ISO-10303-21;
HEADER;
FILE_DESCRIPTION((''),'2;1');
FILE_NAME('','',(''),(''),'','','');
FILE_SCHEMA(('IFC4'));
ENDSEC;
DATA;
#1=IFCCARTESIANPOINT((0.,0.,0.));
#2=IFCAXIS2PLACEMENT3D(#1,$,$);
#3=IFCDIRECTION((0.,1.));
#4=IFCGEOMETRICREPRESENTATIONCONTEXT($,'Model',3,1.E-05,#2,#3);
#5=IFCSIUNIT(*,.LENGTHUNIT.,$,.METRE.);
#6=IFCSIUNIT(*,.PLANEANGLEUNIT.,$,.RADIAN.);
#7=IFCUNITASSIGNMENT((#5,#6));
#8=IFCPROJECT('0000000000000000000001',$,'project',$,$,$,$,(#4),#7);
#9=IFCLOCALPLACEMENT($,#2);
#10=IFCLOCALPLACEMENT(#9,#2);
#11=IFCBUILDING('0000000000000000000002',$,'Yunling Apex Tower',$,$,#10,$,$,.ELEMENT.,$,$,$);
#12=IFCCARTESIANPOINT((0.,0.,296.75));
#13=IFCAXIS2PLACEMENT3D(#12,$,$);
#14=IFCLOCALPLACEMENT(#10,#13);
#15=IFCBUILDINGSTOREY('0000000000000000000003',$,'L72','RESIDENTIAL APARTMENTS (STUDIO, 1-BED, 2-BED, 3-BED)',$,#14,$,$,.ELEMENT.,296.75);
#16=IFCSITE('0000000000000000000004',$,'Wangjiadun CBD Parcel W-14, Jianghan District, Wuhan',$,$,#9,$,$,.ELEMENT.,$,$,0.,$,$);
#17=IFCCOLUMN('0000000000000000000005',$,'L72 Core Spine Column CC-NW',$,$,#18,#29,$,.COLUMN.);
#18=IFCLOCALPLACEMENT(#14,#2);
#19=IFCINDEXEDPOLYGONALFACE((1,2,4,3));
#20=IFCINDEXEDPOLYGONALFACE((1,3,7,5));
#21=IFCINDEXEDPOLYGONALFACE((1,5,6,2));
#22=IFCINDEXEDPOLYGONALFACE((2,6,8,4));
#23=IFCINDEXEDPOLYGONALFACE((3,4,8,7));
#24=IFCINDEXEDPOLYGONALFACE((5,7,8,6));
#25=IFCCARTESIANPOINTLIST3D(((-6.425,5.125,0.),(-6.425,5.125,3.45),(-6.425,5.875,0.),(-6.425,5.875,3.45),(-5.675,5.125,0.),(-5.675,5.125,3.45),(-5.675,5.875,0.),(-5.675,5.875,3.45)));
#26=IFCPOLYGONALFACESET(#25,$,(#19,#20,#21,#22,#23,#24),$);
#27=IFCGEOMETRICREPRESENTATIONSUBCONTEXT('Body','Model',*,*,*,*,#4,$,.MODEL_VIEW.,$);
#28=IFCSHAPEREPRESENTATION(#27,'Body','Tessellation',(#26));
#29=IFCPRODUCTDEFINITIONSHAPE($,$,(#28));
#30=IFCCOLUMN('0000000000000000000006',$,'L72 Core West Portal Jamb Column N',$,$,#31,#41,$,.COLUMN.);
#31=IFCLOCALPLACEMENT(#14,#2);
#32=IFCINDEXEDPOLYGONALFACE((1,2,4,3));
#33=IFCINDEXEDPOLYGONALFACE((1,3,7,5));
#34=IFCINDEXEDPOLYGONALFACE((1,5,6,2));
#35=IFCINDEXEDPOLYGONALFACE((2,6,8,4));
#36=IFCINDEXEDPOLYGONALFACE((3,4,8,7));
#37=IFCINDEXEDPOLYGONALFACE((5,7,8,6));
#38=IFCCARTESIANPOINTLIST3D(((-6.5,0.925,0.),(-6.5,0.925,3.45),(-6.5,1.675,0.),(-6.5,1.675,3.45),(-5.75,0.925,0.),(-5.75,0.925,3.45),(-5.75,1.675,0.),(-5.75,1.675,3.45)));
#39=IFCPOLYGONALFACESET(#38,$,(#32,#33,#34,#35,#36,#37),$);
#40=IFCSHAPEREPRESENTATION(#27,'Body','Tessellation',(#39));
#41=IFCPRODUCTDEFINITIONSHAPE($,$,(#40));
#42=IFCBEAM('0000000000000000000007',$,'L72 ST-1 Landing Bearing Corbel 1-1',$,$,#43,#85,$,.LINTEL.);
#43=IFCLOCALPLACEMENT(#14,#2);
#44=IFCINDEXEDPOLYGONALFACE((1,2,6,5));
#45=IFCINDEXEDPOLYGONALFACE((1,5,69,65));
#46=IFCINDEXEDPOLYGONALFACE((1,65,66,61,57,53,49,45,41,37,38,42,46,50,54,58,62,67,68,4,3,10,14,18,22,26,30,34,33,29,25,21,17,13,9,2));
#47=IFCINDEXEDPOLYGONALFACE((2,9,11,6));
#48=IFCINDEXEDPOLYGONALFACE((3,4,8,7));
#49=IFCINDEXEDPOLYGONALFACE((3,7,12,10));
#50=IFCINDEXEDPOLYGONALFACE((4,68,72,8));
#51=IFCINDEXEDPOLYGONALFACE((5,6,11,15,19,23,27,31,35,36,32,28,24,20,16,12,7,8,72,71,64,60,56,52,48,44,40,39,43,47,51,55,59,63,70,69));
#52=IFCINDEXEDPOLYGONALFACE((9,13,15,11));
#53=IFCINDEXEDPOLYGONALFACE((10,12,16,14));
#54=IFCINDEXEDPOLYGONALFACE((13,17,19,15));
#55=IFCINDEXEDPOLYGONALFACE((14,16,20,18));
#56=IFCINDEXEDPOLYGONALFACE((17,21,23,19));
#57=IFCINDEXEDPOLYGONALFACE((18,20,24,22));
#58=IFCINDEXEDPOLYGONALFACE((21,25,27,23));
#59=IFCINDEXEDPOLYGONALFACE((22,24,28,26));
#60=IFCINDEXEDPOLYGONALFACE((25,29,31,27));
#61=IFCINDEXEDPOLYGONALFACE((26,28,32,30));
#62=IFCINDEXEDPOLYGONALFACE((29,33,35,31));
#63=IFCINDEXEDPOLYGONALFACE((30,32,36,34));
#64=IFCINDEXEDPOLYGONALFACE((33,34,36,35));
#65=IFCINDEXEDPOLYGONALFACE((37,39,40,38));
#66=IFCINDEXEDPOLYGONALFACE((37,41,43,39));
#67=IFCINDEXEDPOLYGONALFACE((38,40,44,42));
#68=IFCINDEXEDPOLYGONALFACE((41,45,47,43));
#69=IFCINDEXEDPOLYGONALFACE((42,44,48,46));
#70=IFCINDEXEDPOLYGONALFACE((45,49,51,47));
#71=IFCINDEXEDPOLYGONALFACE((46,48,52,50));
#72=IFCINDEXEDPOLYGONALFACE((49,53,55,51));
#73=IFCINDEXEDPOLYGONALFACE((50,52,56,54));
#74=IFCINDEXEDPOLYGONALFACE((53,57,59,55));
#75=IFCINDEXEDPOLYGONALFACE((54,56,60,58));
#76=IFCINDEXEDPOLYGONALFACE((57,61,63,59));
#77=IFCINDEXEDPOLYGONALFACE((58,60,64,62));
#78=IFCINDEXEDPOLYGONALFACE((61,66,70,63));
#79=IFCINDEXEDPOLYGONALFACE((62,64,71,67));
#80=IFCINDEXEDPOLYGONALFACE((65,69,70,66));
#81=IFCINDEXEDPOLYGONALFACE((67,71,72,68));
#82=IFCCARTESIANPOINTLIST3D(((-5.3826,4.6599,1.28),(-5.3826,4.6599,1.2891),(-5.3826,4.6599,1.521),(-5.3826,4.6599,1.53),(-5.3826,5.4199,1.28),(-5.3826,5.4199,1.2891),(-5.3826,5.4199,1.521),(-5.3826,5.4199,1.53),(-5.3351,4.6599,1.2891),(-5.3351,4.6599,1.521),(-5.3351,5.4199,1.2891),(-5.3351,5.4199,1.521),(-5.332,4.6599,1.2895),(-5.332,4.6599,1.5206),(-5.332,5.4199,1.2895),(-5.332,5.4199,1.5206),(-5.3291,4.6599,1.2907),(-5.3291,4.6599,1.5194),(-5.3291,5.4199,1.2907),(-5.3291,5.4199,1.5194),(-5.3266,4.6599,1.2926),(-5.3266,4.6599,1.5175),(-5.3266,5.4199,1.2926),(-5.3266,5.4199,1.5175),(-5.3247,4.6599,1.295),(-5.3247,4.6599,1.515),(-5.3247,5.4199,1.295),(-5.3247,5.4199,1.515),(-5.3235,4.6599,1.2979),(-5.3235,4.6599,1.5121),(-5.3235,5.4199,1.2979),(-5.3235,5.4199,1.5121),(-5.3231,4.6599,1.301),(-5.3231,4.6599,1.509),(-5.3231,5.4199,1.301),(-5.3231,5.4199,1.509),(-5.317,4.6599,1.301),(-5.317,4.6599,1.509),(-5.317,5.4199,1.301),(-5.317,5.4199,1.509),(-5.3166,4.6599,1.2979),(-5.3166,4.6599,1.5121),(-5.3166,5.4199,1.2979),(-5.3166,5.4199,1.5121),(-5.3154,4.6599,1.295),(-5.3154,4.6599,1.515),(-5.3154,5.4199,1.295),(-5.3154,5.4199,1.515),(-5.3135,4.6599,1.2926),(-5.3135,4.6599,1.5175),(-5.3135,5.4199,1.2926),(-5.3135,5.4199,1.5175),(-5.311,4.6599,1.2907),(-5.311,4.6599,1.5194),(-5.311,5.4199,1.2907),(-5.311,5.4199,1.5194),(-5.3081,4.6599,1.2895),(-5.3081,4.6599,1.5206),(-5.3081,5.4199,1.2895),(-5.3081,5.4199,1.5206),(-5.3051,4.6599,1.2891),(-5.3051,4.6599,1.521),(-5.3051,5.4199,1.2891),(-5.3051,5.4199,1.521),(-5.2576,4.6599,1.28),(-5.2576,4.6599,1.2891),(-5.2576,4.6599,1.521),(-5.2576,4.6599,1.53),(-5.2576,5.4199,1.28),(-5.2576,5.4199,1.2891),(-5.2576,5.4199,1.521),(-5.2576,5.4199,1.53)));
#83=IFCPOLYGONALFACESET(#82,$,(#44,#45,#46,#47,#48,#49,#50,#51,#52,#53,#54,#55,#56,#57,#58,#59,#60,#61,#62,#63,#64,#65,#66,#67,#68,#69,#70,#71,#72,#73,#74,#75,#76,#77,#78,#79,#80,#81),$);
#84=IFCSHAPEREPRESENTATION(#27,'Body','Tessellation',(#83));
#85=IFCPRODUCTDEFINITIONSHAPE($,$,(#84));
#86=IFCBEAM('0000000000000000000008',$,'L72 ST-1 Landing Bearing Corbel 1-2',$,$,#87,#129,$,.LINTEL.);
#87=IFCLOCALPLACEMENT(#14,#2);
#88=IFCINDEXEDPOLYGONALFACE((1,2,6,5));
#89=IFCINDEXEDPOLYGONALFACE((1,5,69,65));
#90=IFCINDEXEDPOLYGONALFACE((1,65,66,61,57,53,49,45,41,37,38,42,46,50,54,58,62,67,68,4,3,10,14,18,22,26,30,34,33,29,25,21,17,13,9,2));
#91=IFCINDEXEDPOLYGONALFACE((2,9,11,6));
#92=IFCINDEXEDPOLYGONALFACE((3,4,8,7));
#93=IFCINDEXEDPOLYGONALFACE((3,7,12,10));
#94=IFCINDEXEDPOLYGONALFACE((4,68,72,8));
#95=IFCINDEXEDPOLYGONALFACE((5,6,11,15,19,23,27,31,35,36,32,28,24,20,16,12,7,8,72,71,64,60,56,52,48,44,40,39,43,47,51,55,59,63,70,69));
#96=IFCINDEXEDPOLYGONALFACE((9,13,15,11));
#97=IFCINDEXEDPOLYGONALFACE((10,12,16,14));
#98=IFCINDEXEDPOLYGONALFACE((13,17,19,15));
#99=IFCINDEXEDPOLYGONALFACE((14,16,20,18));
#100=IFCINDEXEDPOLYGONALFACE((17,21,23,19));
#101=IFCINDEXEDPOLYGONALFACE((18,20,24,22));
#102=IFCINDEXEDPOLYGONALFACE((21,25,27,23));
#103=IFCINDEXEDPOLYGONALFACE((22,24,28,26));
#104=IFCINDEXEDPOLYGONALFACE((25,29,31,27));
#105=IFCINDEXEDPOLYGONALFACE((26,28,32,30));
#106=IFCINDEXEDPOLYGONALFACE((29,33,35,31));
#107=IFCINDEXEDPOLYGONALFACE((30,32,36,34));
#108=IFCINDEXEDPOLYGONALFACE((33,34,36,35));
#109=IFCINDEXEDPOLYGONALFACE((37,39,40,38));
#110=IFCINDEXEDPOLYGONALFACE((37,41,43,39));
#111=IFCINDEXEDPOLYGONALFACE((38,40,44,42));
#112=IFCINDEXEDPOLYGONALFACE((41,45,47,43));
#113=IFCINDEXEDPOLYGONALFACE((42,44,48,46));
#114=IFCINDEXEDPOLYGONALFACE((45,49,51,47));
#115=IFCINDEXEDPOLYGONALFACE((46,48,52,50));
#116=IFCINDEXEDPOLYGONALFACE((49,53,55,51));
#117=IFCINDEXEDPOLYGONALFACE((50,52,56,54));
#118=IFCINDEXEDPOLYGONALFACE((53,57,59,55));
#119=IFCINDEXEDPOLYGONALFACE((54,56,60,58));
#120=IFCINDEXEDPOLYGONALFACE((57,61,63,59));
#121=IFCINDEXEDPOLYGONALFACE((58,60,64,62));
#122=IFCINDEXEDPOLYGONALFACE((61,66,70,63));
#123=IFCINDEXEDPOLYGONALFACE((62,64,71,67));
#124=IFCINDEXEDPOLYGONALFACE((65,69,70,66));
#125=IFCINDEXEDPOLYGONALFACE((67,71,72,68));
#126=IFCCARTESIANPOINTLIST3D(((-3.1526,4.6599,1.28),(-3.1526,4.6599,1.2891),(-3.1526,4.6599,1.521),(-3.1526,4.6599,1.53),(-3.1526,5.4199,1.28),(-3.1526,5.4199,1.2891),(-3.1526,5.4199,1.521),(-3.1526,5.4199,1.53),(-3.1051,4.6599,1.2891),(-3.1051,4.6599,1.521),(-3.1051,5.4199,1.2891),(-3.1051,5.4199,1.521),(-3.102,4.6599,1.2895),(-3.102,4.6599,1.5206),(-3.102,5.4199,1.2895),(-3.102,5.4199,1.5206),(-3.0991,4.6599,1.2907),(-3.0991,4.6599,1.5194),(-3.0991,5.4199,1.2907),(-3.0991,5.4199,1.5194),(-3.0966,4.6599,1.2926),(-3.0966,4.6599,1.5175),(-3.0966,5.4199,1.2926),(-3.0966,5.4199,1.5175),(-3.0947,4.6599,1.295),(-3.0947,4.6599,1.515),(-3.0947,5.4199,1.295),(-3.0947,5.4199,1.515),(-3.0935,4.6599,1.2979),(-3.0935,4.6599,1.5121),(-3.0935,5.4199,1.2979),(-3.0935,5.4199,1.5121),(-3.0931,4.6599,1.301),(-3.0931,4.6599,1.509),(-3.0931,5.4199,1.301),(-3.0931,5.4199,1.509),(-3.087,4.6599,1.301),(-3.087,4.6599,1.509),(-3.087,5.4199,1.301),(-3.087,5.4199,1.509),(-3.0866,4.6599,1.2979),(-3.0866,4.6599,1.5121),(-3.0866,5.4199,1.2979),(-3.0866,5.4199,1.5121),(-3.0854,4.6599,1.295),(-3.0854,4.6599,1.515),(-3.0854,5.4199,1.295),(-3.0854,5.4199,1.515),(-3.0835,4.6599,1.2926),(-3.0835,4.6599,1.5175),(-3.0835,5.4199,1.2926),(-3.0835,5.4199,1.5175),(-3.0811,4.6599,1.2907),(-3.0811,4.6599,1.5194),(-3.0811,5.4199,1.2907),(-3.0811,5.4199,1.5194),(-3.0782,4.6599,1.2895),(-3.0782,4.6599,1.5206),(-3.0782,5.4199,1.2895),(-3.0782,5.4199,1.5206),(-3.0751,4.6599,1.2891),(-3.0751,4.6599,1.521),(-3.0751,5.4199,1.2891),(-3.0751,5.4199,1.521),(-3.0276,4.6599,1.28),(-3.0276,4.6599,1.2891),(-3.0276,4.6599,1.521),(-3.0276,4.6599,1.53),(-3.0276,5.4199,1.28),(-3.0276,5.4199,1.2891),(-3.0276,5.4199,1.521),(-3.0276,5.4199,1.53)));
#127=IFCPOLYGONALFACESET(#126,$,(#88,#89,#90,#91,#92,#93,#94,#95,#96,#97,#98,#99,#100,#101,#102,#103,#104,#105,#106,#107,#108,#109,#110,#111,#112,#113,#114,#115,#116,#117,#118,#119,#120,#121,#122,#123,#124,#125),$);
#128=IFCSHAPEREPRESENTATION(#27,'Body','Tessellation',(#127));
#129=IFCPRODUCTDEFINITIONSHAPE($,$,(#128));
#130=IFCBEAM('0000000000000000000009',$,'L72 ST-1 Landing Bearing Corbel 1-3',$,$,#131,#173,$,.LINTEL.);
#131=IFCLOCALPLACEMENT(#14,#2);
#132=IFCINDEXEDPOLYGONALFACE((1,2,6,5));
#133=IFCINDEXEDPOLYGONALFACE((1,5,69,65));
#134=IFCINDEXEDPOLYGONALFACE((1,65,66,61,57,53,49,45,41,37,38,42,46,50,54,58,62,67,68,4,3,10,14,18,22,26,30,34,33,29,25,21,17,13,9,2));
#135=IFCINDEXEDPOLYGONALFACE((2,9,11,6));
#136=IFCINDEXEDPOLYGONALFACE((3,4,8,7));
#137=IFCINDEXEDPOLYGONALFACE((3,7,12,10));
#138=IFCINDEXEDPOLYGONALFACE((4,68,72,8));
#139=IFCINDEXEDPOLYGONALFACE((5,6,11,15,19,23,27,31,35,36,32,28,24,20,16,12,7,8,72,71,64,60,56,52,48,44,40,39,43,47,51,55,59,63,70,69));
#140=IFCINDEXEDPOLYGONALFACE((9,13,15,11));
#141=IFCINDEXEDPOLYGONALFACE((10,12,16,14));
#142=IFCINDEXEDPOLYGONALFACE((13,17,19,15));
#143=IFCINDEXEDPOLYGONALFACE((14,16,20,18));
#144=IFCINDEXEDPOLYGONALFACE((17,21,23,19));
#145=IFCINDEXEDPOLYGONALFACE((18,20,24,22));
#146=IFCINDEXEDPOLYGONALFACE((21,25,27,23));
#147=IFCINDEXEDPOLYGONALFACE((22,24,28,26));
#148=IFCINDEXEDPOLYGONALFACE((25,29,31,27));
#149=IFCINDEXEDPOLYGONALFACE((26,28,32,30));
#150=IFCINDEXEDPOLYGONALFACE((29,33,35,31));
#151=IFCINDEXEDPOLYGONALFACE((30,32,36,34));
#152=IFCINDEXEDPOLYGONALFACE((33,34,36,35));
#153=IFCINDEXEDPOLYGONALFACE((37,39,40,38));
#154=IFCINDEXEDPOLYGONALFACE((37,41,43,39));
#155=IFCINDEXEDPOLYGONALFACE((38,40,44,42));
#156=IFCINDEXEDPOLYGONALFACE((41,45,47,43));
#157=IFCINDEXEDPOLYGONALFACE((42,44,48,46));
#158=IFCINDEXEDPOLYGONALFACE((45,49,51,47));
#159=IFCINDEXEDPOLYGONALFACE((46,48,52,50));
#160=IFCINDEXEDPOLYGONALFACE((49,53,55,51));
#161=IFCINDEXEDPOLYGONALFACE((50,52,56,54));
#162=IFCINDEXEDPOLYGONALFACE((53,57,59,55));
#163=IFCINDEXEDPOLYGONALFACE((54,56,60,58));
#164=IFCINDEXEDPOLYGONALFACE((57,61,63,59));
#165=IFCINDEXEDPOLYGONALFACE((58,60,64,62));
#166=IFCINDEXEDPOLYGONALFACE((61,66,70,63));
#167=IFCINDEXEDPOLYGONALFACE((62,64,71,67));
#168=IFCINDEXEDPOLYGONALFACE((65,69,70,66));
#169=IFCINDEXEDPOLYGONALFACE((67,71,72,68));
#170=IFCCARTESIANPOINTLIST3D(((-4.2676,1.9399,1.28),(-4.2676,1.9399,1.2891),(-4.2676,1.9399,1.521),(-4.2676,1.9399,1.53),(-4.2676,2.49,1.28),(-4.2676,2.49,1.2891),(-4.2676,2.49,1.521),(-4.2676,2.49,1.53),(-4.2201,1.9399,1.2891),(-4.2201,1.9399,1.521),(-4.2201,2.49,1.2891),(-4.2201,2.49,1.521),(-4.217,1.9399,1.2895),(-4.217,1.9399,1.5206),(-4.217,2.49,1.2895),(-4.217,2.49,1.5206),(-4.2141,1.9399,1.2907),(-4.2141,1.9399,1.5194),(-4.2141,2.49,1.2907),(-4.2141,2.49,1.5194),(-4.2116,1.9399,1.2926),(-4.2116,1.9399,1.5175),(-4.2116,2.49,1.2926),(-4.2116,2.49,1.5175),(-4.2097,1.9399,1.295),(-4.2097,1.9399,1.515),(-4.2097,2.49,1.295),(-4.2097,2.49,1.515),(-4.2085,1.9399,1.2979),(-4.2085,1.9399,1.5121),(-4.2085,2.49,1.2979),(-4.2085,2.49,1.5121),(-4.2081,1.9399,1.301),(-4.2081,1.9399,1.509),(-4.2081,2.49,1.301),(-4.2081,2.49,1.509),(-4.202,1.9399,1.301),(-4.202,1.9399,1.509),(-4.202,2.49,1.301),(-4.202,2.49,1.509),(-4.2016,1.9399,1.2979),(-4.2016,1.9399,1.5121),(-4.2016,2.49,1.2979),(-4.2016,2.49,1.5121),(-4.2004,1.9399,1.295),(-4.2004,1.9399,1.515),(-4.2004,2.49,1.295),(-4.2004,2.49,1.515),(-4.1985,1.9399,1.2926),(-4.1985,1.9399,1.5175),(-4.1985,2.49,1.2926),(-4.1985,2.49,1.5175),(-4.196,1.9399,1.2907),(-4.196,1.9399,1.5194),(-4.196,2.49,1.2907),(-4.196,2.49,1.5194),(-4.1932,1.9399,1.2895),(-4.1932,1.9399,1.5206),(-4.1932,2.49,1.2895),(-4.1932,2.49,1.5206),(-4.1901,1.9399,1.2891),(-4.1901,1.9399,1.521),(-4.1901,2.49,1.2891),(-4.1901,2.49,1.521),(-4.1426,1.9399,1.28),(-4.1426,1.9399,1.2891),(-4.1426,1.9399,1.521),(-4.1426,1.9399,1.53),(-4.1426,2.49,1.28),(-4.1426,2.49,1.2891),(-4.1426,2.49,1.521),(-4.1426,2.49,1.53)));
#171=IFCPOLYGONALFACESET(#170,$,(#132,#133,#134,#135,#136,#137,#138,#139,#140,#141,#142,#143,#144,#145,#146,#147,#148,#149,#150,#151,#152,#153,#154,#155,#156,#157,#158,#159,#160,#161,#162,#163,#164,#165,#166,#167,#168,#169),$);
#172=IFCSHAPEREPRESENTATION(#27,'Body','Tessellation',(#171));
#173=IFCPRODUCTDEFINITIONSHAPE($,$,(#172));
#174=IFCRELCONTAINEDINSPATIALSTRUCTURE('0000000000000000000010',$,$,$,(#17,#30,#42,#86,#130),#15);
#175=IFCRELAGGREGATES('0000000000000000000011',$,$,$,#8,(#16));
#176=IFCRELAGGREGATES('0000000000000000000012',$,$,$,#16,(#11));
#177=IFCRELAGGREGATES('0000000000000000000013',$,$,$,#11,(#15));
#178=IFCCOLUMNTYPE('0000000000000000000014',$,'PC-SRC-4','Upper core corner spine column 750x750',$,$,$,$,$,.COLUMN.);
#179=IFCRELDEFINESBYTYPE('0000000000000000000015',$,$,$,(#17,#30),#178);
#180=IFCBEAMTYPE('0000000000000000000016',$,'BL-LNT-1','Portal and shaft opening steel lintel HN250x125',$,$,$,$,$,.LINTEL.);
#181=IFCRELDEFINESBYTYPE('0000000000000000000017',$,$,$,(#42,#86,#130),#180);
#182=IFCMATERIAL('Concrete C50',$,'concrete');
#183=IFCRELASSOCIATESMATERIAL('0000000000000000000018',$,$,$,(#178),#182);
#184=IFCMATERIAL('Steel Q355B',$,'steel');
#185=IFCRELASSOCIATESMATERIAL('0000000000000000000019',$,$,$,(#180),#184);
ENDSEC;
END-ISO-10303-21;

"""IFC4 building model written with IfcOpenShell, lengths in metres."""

from ifc_helpers import new_model, si_unit, direction, frame, origin, origin_2d, place, context, subcontext, project, spatial, rectangle, i_section, extrude, source, transform, mapped, material, material_profile, profile_set, type_object, element, save


model = new_model("IFC4")

# Units and contexts
model_context = context("Model", 3, precision=1e-05, world=origin(), true_north=direction((0.0, 1.0)))
body_context = subcontext(model_context, "Body", "Model", "MODEL_VIEW")
ifc_project = project(units=[si_unit("LENGTHUNIT", "METRE"), si_unit("PLANEANGLEUNIT", "RADIAN")], contexts=[model_context])

# Site, building, storey
site_placement = place(None, origin())
site = spatial("IfcSite", under=ifc_project, at=site_placement, Name="Wangjiadun CBD Parcel W-14, Jianghan District, Wuhan", CompositionType="ELEMENT", RefElevation=0.0)
building_placement = place(site_placement, origin())
building = spatial("IfcBuilding", under=site, at=building_placement, Name="Yunling Apex Tower", CompositionType="ELEMENT")
storey_placement = place(building_placement, frame((0.0, 0.0, 296.75)))
storey = spatial("IfcBuildingStorey", under=building, at=storey_placement, Name="L72", Description="RESIDENTIAL APARTMENTS (STUDIO, 1-BED, 2-BED, 3-BED)", CompositionType="ELEMENT", Elevation=296.75)

# Columns
ifc_material_1 = material(Name="Concrete C50", Category="concrete")
ifc_material_profile_1 = material_profile(ifc_material_1, rectangle(XDim=0.75, YDim=0.75, at=origin_2d()))
ifc_profile_set_1 = profile_set([ifc_material_profile_1], Name="Concrete C50")
column_type = type_object("IfcColumnType", Name="PC-SRC-4", Description="Upper core corner spine column 750x750", PredefinedType="COLUMN", material=ifc_profile_set_1)
shared_shape_1 = source(origin(), body_context, "Body", "SweptSolid", [
    extrude(rectangle(XDim=0.75, YDim=0.75, at=origin_2d()), origin(), (0.0, 0.0, 1.0), 3.45),
])
for number, where, z_axis, x_axis, name in (
    (1, (-6.05, 5.5, 0.0), (0.0, 0.0, 1.0), (1.0, 0.0, 0.0), "L72 Core Spine Column CC-NW"),
    (2, (-6.125, 1.3, 0.0), (0.0, 0.0, 1.0), (1.0, 0.0, 0.0), "L72 Core West Portal Jamb Column N"),
):
    element("IfcColumn", number, at=place(storey_placement, frame(where, z_axis=z_axis, x_axis=x_axis)), inside=storey, type_object=column_type, Name=name, PredefinedType="COLUMN", context=body_context, shape_type="MappedRepresentation", body=[
        mapped(shared_shape_1, transform((0.0, 0.0, 0.0), scale=1.0)),
    ])

# Beams
ifc_material_2 = material(Name="Steel Q355B", Category="steel")
ifc_material_profile_2 = material_profile(ifc_material_2, i_section(OverallWidth=0.125, OverallDepth=0.25, WebThickness=0.0061, FlangeThickness=0.009, FilletRadius=0.012, at=origin_2d()))
ifc_profile_set_2 = profile_set([ifc_material_profile_2], Name="Steel Q355B")
beam_type_1 = type_object("IfcBeamType", Name="BL-LNT-1", Description="Portal and shaft opening steel lintel HN250x125", PredefinedType="LINTEL", material=ifc_profile_set_2)
shared_shape_2 = source(origin(), body_context, "Body", "SweptSolid", [
    extrude(i_section(OverallWidth=0.125, OverallDepth=0.25, WebThickness=0.0061, FlangeThickness=0.009, FilletRadius=0.012, at=origin_2d()), origin(), (0.0, 0.0, 1.0), 0.76),
])
for number, where, z_axis, x_axis, name in (
    (3, (-5.3201, 5.4199, 1.405), (0.0, -1.0, 0.0), (1.0, 0.0, 0.0), "L72 ST-1 Landing Bearing Corbel 1-1"),
    (4, (-3.0901, 5.4199, 1.405), (0.0, -1.0, 0.0), (1.0, 0.0, 0.0), "L72 ST-1 Landing Bearing Corbel 1-2"),
):
    element("IfcBeam", number, at=place(storey_placement, frame(where, z_axis=z_axis, x_axis=x_axis)), inside=storey, type_object=beam_type_1, Name=name, PredefinedType="LINTEL", context=body_context, shape_type="MappedRepresentation", body=[
        mapped(shared_shape_2, transform((0.0, 0.0, 0.0), scale=1.0)),
    ])
shared_shape_3 = source(origin(), body_context, "Body", "SweptSolid", [
    extrude(i_section(OverallWidth=0.125, OverallDepth=0.25, WebThickness=0.0061, FlangeThickness=0.009, FilletRadius=0.012, at=origin_2d()), origin(), (0.0, 0.0, 1.0), 0.55),
])
beam_1_placement = place(storey_placement, frame((-4.2051, 1.9399, 1.405), z_axis=(0.0, 1.0, 0.0), x_axis=(-1.0, 0.0, 0.0)))
element("IfcBeam", 5, at=beam_1_placement, inside=storey, type_object=beam_type_1, Name="L72 ST-1 Landing Bearing Corbel 1-3", PredefinedType="LINTEL", context=body_context, shape_type="MappedRepresentation", body=[
    mapped(shared_shape_3, transform((0.0, 0.0, 0.0), scale=1.0)),
])

save(model, "model.ifc")
